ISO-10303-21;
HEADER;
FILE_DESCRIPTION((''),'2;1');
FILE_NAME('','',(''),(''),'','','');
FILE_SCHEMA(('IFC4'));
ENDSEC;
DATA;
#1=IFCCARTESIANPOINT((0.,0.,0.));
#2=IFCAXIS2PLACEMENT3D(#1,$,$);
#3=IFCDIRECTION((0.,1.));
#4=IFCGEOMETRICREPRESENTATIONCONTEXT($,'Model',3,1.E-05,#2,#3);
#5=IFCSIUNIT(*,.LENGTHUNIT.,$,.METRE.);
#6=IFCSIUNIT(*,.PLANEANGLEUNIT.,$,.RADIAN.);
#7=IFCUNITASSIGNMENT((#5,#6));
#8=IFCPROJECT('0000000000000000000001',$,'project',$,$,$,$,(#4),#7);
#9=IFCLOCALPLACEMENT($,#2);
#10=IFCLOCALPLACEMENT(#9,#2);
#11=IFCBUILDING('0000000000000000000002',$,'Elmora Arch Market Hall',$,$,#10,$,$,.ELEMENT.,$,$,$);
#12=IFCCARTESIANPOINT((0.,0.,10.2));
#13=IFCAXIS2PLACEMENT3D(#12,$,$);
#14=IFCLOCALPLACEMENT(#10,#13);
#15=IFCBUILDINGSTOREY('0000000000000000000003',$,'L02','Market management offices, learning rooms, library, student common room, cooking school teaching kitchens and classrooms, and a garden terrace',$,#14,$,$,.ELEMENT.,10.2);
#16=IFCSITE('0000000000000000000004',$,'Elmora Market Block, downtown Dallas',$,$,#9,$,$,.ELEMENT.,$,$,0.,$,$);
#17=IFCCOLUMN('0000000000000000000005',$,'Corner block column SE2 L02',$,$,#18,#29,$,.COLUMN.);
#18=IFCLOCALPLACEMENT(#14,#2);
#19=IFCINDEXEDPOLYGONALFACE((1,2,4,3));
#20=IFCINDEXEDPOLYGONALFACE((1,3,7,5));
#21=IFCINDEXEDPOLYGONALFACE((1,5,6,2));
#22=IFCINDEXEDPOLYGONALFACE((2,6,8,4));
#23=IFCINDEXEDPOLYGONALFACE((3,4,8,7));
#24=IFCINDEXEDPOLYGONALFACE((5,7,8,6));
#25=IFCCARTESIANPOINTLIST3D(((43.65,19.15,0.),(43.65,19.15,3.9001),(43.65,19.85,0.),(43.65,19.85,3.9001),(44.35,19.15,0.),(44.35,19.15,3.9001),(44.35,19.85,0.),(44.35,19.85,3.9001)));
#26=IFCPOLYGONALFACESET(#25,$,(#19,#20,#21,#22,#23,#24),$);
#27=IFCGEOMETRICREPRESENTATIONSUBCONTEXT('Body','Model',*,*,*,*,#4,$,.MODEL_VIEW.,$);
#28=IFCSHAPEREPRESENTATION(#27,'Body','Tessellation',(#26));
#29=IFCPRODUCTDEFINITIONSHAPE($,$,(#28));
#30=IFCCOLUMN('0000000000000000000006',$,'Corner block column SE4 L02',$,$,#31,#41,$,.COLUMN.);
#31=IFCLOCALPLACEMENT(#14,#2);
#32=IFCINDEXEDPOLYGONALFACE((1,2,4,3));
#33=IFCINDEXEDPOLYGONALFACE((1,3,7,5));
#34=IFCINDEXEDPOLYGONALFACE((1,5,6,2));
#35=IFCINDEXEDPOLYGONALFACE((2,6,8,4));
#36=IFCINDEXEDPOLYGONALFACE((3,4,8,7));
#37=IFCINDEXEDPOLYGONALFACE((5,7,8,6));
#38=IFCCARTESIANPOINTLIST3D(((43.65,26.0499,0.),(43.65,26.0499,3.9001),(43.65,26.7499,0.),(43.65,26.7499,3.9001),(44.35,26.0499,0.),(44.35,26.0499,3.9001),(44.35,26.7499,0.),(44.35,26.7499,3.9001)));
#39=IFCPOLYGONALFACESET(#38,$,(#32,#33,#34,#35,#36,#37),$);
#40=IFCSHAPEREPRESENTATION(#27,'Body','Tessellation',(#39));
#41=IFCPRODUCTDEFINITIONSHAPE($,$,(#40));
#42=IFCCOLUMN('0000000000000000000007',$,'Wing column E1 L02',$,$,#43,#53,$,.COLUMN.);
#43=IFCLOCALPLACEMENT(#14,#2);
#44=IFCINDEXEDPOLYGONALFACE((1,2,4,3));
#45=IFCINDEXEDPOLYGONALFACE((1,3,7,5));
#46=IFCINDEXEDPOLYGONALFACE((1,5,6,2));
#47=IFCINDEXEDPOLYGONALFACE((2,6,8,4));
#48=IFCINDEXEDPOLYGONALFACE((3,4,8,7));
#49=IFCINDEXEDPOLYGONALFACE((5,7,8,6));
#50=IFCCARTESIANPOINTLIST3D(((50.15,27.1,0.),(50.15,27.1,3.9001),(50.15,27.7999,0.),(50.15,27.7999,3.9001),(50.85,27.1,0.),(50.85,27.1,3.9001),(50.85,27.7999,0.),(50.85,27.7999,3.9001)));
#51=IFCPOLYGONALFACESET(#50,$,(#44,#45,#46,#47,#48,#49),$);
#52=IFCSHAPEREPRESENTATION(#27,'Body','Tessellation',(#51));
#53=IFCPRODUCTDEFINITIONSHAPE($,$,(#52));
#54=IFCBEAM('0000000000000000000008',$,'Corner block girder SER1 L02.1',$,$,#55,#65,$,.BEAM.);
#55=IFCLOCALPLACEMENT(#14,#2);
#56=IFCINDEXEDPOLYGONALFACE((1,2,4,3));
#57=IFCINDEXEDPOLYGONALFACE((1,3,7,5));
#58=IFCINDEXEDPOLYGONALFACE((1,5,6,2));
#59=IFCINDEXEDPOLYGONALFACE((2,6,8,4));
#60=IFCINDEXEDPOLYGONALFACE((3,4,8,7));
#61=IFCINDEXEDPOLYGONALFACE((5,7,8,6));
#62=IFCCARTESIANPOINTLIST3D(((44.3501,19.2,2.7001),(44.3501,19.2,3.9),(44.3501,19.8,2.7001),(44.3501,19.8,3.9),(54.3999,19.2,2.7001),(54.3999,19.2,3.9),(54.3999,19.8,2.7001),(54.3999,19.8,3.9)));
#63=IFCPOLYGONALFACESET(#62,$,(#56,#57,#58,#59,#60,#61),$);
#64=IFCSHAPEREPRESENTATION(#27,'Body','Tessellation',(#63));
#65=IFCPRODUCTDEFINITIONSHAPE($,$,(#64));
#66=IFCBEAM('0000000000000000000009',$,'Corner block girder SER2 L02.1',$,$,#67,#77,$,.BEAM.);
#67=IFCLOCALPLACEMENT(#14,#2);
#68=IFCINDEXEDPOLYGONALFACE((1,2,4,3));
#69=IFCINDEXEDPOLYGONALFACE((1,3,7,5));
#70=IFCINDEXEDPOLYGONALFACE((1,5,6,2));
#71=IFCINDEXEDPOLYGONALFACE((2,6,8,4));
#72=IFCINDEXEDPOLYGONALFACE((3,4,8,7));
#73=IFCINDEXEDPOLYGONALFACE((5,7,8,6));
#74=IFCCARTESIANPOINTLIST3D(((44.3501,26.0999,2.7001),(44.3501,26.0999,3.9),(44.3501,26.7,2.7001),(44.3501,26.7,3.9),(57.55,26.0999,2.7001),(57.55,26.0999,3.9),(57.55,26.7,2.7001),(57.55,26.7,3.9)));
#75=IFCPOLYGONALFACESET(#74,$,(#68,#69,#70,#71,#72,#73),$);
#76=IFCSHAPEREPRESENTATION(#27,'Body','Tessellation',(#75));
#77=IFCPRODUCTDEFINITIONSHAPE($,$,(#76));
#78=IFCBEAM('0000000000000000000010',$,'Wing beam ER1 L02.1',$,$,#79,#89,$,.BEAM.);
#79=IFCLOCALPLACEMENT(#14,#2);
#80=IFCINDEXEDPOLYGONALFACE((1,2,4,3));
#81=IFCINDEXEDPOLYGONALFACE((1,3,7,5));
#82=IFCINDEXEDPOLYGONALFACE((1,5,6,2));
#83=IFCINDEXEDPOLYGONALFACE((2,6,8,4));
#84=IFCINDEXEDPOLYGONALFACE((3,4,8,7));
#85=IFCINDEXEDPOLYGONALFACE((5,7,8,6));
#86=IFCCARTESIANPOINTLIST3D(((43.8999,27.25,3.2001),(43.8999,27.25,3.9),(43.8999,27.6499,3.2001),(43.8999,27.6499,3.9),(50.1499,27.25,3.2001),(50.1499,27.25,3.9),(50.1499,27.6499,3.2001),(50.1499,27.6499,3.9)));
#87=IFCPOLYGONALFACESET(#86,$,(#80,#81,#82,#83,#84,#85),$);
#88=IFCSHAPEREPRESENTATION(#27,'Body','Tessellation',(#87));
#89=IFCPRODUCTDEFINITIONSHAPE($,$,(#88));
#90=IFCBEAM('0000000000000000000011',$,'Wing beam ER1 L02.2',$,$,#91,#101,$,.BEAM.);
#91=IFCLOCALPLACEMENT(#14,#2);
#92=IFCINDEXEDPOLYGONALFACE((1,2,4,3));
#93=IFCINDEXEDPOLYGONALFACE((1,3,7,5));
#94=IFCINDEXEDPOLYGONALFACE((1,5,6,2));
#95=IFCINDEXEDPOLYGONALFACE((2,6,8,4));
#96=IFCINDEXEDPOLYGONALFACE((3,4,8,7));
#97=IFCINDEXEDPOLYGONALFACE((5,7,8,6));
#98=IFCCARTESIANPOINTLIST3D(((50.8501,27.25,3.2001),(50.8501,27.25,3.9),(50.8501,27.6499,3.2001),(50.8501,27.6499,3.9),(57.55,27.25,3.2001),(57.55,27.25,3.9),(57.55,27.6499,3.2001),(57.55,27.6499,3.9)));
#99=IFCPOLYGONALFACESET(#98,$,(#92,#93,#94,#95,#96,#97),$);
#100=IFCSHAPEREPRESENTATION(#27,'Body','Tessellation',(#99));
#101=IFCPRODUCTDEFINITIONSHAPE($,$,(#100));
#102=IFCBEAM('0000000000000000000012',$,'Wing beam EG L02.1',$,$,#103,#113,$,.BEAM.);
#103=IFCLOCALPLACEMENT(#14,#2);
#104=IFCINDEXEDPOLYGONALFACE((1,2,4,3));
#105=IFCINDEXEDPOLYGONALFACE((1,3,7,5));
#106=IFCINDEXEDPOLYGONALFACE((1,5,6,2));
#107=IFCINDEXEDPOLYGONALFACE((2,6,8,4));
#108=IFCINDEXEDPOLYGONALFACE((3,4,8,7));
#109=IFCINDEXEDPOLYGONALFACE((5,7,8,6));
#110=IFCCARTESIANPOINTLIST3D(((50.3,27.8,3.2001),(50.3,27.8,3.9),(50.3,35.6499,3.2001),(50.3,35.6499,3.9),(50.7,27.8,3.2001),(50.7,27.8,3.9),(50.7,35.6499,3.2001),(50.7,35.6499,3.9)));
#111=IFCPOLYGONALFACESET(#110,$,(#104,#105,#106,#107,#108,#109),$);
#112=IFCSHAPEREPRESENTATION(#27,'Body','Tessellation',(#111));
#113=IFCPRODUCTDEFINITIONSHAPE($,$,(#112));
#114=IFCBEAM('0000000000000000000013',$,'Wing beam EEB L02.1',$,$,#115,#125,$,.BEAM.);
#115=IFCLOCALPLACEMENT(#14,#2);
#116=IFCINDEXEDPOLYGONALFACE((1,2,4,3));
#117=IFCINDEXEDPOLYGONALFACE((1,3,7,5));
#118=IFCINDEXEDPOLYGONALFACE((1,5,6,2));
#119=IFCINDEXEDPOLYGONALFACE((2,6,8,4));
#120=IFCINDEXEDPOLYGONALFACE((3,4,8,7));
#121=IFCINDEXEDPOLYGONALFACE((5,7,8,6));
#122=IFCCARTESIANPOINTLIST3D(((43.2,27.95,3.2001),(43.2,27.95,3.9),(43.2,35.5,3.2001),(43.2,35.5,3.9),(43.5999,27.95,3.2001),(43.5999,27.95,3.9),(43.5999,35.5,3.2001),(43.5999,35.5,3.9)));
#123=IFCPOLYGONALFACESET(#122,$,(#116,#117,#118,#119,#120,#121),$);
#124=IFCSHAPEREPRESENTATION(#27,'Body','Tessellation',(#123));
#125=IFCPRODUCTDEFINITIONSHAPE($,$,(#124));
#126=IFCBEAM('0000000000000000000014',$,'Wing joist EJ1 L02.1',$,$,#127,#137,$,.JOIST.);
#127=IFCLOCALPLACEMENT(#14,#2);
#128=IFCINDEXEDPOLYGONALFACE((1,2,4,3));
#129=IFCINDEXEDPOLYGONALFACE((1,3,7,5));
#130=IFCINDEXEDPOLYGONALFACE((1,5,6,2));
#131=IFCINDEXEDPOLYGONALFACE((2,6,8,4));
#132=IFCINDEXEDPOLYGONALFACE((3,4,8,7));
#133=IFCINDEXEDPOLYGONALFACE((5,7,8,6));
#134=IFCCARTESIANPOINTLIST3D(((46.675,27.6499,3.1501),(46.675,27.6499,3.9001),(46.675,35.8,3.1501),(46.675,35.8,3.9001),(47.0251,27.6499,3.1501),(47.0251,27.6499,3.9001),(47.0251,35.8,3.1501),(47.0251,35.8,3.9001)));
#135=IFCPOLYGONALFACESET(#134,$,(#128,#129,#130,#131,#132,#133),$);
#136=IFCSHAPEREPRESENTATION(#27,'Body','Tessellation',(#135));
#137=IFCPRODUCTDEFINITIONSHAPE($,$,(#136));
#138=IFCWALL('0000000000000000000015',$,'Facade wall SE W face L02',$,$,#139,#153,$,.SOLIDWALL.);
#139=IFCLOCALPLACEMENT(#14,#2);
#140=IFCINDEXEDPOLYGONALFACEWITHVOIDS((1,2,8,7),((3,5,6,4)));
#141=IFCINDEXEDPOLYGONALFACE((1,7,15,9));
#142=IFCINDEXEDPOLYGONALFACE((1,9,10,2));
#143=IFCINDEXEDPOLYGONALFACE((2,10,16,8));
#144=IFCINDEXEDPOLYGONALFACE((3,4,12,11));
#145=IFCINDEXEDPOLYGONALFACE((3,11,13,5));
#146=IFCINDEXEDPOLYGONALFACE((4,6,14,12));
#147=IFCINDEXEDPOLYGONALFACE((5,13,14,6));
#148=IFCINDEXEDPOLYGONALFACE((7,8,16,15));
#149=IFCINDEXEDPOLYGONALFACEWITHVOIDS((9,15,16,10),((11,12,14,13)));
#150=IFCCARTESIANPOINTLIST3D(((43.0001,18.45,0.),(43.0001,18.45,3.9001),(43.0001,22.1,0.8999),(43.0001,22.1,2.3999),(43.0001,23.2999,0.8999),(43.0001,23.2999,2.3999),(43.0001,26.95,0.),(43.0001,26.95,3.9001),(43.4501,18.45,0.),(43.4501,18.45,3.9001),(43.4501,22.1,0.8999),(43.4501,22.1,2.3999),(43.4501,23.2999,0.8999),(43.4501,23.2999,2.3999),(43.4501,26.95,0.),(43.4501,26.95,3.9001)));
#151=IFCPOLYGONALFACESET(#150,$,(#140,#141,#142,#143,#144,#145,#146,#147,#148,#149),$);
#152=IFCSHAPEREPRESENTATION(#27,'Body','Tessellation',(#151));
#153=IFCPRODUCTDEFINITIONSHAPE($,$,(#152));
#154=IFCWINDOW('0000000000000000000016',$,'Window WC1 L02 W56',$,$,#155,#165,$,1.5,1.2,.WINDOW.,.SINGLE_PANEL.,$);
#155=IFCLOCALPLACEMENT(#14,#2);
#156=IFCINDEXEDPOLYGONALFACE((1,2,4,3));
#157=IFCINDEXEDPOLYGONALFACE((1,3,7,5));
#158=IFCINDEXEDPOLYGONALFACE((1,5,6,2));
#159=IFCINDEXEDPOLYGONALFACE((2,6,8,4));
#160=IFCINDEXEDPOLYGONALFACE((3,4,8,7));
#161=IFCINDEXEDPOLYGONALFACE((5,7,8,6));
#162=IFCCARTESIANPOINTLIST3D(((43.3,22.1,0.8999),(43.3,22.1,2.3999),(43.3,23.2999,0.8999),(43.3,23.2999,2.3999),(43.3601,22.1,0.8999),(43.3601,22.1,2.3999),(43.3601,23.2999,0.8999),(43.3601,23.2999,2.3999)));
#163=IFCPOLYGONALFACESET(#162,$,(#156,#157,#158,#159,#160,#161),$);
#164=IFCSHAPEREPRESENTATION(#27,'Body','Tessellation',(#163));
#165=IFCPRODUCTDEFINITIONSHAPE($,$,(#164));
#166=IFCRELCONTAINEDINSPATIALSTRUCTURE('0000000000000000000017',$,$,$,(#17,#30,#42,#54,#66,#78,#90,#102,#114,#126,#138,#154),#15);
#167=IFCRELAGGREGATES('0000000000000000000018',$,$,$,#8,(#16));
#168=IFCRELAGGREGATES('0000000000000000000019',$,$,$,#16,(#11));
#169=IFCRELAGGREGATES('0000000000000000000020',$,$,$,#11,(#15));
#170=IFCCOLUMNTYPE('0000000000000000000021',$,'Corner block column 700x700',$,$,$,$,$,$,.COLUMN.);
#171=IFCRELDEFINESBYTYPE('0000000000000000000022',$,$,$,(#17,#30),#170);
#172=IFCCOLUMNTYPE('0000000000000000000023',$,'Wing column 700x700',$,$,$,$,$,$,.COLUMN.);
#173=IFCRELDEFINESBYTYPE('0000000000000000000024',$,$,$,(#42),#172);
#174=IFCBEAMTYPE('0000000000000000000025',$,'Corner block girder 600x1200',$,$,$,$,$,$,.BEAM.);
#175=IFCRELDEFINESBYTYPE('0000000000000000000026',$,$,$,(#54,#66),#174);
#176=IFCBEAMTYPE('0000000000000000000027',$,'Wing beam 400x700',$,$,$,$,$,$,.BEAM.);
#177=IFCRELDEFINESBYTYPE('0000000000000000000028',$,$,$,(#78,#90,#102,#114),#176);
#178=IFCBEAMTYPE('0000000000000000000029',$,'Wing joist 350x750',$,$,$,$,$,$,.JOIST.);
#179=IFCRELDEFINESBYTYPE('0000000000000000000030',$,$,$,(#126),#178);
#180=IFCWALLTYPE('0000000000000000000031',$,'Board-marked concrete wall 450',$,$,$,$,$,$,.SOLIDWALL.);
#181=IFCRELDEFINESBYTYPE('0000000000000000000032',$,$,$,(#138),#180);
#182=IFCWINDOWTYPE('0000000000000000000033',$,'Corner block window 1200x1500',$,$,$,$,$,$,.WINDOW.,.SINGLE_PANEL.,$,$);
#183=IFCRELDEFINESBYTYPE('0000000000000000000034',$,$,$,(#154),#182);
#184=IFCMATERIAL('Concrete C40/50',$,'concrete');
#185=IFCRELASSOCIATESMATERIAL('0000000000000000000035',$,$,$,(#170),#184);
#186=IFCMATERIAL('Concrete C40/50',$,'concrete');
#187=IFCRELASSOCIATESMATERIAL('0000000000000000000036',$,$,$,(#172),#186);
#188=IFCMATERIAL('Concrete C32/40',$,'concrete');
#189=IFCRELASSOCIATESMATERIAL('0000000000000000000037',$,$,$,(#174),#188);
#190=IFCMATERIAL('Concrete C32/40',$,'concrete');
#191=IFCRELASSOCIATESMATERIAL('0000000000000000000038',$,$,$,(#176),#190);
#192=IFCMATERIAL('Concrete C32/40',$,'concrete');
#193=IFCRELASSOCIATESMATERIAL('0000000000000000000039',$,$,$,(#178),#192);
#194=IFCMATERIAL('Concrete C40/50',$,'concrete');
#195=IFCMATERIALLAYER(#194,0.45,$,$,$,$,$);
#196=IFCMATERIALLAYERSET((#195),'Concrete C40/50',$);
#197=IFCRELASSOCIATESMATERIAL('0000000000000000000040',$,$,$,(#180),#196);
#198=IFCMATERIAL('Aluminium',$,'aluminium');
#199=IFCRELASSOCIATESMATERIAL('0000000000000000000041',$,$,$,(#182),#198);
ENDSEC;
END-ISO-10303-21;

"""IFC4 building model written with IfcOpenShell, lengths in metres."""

from ifc_helpers import new_model, si_unit, direction, frame, frame_2d, origin, origin_2d, place, context, subcontext, project, spatial, rectangle, extrude, material, layer, layer_set, material_profile, profile_set, type_object, element, fill, save


model = new_model("IFC4")

# Units and contexts
model_context = context("Model", 3, precision=1e-05, world=origin(), true_north=direction((0.0, 1.0)))
body_context = subcontext(model_context, "Body", "Model", "MODEL_VIEW")
ifc_project = project(units=[si_unit("LENGTHUNIT", "METRE"), si_unit("PLANEANGLEUNIT", "RADIAN")], contexts=[model_context])

# Site, building, storey
site_placement = place(None, origin())
site = spatial("IfcSite", under=ifc_project, at=site_placement, Name="Elmora Market Block, downtown Dallas", CompositionType="ELEMENT", RefElevation=0.0)
building_placement = place(site_placement, origin())
building = spatial("IfcBuilding", under=site, at=building_placement, Name="Elmora Arch Market Hall", CompositionType="ELEMENT")
storey_placement = place(building_placement, frame((0.0, 0.0, 10.2)))
storey = spatial("IfcBuildingStorey", under=building, at=storey_placement, Name="L02", Description="Market management offices, learning rooms, library, student common room, cooking school teaching kitchens and classrooms, and a garden terrace", CompositionType="ELEMENT", Elevation=10.2)

# Columns
ifc_material_1 = material(Name="Concrete C40/50", Category="concrete")
ifc_material_profile_1 = material_profile(ifc_material_1, rectangle(XDim=0.7, YDim=0.7, at=origin_2d()), Name="Corner block column 700x700")
ifc_profile_set_1 = profile_set([ifc_material_profile_1], Name="Concrete C40/50")
column_type_1 = type_object("IfcColumnType", Name="Corner block column 700x700", PredefinedType="COLUMN", material=ifc_profile_set_1)
for number, where, z_axis, x_axis, name in (
    (1, (44.0, 19.5, 0.0), (0.0, 0.0, 1.0), (1.0, 0.0, 0.0), "Corner block column SE2 L02"),
    (2, (44.0, 26.3999, 0.0), (0.0, 0.0, 1.0), (1.0, 0.0, 0.0), "Corner block column SE4 L02"),
):
    element("IfcColumn", number, at=place(storey_placement, frame(where, z_axis=z_axis, x_axis=x_axis)), inside=storey, type_object=column_type_1, Name=name, PredefinedType="COLUMN", context=body_context, shape_type="SweptSolid", body=[
        extrude(rectangle(XDim=0.7, YDim=0.7, at=origin_2d()), origin(), (0.0, 0.0, 1.0), 3.9001),
    ])
ifc_material_2 = material(Name="Concrete C40/50", Category="concrete")
ifc_material_profile_2 = material_profile(ifc_material_2, rectangle(XDim=0.7, YDim=0.7, at=origin_2d()), Name="Wing column 700x700")
ifc_profile_set_2 = profile_set([ifc_material_profile_2], Name="Concrete C40/50")
column_type_2 = type_object("IfcColumnType", Name="Wing column 700x700", PredefinedType="COLUMN", material=ifc_profile_set_2)
column_placement = place(storey_placement, frame((50.5, 27.45, 0.0), z_axis=(0.0, 0.0, 1.0), x_axis=(1.0, 0.0, 0.0)))
element("IfcColumn", 3, at=column_placement, inside=storey, type_object=column_type_2, Name="Wing column E1 L02", PredefinedType="COLUMN", context=body_context, shape_type="SweptSolid", body=[
    extrude(rectangle(XDim=0.7, YDim=0.7, at=origin_2d()), origin(), (0.0, 0.0, 1.0), 3.9001),
])

# Beams
ifc_material_3 = material(Name="Concrete C32/40", Category="concrete")
ifc_material_profile_3 = material_profile(ifc_material_3, rectangle(XDim=0.6001, YDim=1.2, at=origin_2d()), Name="Corner block girder 600x1200")
ifc_profile_set_3 = profile_set([ifc_material_profile_3], Name="Concrete C32/40")
beam_type_1 = type_object("IfcBeamType", Name="Corner block girder 600x1200", PredefinedType="BEAM", material=ifc_profile_set_3)
beam_1_placement = place(storey_placement, frame((44.3501, 19.5, 3.3), z_axis=(1.0, 0.0, 0.0), x_axis=(0.0, 1.0, 0.0)))
element("IfcBeam", 4, at=beam_1_placement, inside=storey, type_object=beam_type_1, Name="Corner block girder SER1 L02.1", PredefinedType="BEAM", context=body_context, shape_type="SweptSolid", body=[
    extrude(rectangle(XDim=0.6001, YDim=1.2, at=origin_2d()), origin(), (0.0, 0.0, 1.0), 10.0498),
])
beam_2_placement = place(storey_placement, frame((44.3501, 26.3999, 3.3), z_axis=(1.0, 0.0, 0.0), x_axis=(0.0, 1.0, 0.0)))
element("IfcBeam", 5, at=beam_2_placement, inside=storey, type_object=beam_type_1, Name="Corner block girder SER2 L02.1", PredefinedType="BEAM", context=body_context, shape_type="SweptSolid", body=[
    extrude(rectangle(XDim=0.6001, YDim=1.2, at=origin_2d()), origin(), (0.0, 0.0, 1.0), 13.2),
])
ifc_material_4 = material(Name="Concrete C32/40", Category="concrete")
ifc_material_profile_4 = material_profile(ifc_material_4, rectangle(XDim=0.3999, YDim=0.7, at=origin_2d()), Name="Wing beam 400x700")
ifc_profile_set_4 = profile_set([ifc_material_profile_4], Name="Concrete C32/40")
beam_type_2 = type_object("IfcBeamType", Name="Wing beam 400x700", PredefinedType="BEAM", material=ifc_profile_set_4)
beam_3_placement = place(storey_placement, frame((43.8999, 27.45, 3.55), z_axis=(1.0, 0.0, 0.0), x_axis=(0.0, 1.0, 0.0)))
element("IfcBeam", 6, at=beam_3_placement, inside=storey, type_object=beam_type_2, Name="Wing beam ER1 L02.1", PredefinedType="BEAM", context=body_context, shape_type="SweptSolid", body=[
    extrude(rectangle(XDim=0.3999, YDim=0.7, at=origin_2d()), origin(), (0.0, 0.0, 1.0), 6.25),
])
beam_4_placement = place(storey_placement, frame((50.8501, 27.45, 3.55), z_axis=(1.0, 0.0, 0.0), x_axis=(0.0, 1.0, 0.0)))
element("IfcBeam", 7, at=beam_4_placement, inside=storey, type_object=beam_type_2, Name="Wing beam ER1 L02.2", PredefinedType="BEAM", context=body_context, shape_type="SweptSolid", body=[
    extrude(rectangle(XDim=0.3999, YDim=0.7, at=origin_2d()), origin(), (0.0, 0.0, 1.0), 6.7),
])
beam_5_placement = place(storey_placement, frame((50.5, 27.8, 3.55), z_axis=(0.0, 1.0, 0.0), x_axis=(-1.0, 0.0, 0.0)))
element("IfcBeam", 8, at=beam_5_placement, inside=storey, type_object=beam_type_2, Name="Wing beam EG L02.1", PredefinedType="BEAM", context=body_context, shape_type="SweptSolid", body=[
    extrude(rectangle(XDim=0.3999, YDim=0.7, at=origin_2d()), origin(), (0.0, 0.0, 1.0), 7.8499),
])
beam_6_placement = place(storey_placement, frame((43.3999, 27.95, 3.55), z_axis=(0.0, 1.0, 0.0), x_axis=(-1.0, 0.0, 0.0)))
element("IfcBeam", 9, at=beam_6_placement, inside=storey, type_object=beam_type_2, Name="Wing beam EEB L02.1", PredefinedType="BEAM", context=body_context, shape_type="SweptSolid", body=[
    extrude(rectangle(XDim=0.3999, YDim=0.7, at=origin_2d()), origin(), (0.0, 0.0, 1.0), 7.55),
])
ifc_material_5 = material(Name="Concrete C32/40", Category="concrete")
ifc_material_profile_5 = material_profile(ifc_material_5, rectangle(XDim=0.3501, YDim=0.75, at=origin_2d()), Name="Wing joist 350x750")
ifc_profile_set_5 = profile_set([ifc_material_profile_5], Name="Concrete C32/40")
beam_type_3 = type_object("IfcBeamType", Name="Wing joist 350x750", PredefinedType="JOIST", material=ifc_profile_set_5)
beam_7_placement = place(storey_placement, frame((46.8501, 27.6499, 3.5251), z_axis=(0.0, 1.0, 0.0), x_axis=(-1.0, 0.0, 0.0)))
element("IfcBeam", 10, at=beam_7_placement, inside=storey, type_object=beam_type_3, Name="Wing joist EJ1 L02.1", PredefinedType="JOIST", context=body_context, shape_type="SweptSolid", body=[
    extrude(rectangle(XDim=0.3501, YDim=0.75, at=origin_2d()), origin(), (0.0, 0.0, 1.0), 8.1501),
])

# Wall, opening, window
ifc_material_6 = material(Name="Concrete C40/50", Category="concrete")
ifc_layer_1 = layer(ifc_material_6, 0.45)
ifc_layer_set_1 = layer_set([ifc_layer_1], Name="Concrete C40/50")
wall_type_1 = type_object("IfcWallType", Name="Board-marked concrete wall 450", PredefinedType="SOLIDWALL", material=ifc_layer_set_1)
wall_1_placement = place(storey_placement, frame((43.2251, 18.45, 0.0), z_axis=(0.0, 0.0, 1.0), x_axis=(0.0, 1.0, 0.0)))
wall_1 = element("IfcWall", 11, at=wall_1_placement, inside=storey, type_object=wall_type_1, Name="Facade wall SE W face L02", PredefinedType="SOLIDWALL", context=body_context, shape_type="SweptSolid", body=[
    extrude(rectangle(XDim=8.5, YDim=0.45, at=frame_2d((4.25, 0.0))), origin(), (0.0, 0.0, 1.0), 3.9001),
])
opening_1_placement = place(wall_1_placement, frame((3.6499, 0.0, 0.8999)))
opening_1 = element("IfcOpeningElement", 12, at=opening_1_placement, cuts=wall_1, PredefinedType="OPENING", context=body_context, shape_type="SweptSolid", body=[
    extrude(rectangle(XDim=1.2, YDim=1.5, at=frame_2d((0.6001, 0.75))), frame((0.0, 0.2349, 0.0), z_axis=(0.0, -1.0, 0.0), x_axis=(1.0, 0.0, 0.0)), (0.0, 0.0, 1.0), 0.47),
])
ifc_material_7 = material(Name="Aluminium", Category="aluminium")
window_type = type_object("IfcWindowType", Name="Corner block window 1200x1500", PartitioningType="SINGLE_PANEL", PredefinedType="WINDOW", material=ifc_material_7)
window_placement = place(opening_1_placement, origin())
window = element("IfcWindow", 13, at=window_placement, inside=storey, type_object=window_type, Name="Window WC1 L02 W56", OverallHeight=1.5, OverallWidth=1.2, PartitioningType="SINGLE_PANEL", PredefinedType="WINDOW", context=body_context, shape_type="SweptSolid", body=[
    extrude(rectangle(XDim=1.2, YDim=1.5, at=frame_2d((0.6001, 0.75))), frame((0.0, -0.075, 0.0), z_axis=(0.0, -1.0, 0.0), x_axis=(1.0, 0.0, 0.0)), (0.0, 0.0, 1.0), 0.0601),
])
fill(opening_1, window)

save(model, "model.ifc")
